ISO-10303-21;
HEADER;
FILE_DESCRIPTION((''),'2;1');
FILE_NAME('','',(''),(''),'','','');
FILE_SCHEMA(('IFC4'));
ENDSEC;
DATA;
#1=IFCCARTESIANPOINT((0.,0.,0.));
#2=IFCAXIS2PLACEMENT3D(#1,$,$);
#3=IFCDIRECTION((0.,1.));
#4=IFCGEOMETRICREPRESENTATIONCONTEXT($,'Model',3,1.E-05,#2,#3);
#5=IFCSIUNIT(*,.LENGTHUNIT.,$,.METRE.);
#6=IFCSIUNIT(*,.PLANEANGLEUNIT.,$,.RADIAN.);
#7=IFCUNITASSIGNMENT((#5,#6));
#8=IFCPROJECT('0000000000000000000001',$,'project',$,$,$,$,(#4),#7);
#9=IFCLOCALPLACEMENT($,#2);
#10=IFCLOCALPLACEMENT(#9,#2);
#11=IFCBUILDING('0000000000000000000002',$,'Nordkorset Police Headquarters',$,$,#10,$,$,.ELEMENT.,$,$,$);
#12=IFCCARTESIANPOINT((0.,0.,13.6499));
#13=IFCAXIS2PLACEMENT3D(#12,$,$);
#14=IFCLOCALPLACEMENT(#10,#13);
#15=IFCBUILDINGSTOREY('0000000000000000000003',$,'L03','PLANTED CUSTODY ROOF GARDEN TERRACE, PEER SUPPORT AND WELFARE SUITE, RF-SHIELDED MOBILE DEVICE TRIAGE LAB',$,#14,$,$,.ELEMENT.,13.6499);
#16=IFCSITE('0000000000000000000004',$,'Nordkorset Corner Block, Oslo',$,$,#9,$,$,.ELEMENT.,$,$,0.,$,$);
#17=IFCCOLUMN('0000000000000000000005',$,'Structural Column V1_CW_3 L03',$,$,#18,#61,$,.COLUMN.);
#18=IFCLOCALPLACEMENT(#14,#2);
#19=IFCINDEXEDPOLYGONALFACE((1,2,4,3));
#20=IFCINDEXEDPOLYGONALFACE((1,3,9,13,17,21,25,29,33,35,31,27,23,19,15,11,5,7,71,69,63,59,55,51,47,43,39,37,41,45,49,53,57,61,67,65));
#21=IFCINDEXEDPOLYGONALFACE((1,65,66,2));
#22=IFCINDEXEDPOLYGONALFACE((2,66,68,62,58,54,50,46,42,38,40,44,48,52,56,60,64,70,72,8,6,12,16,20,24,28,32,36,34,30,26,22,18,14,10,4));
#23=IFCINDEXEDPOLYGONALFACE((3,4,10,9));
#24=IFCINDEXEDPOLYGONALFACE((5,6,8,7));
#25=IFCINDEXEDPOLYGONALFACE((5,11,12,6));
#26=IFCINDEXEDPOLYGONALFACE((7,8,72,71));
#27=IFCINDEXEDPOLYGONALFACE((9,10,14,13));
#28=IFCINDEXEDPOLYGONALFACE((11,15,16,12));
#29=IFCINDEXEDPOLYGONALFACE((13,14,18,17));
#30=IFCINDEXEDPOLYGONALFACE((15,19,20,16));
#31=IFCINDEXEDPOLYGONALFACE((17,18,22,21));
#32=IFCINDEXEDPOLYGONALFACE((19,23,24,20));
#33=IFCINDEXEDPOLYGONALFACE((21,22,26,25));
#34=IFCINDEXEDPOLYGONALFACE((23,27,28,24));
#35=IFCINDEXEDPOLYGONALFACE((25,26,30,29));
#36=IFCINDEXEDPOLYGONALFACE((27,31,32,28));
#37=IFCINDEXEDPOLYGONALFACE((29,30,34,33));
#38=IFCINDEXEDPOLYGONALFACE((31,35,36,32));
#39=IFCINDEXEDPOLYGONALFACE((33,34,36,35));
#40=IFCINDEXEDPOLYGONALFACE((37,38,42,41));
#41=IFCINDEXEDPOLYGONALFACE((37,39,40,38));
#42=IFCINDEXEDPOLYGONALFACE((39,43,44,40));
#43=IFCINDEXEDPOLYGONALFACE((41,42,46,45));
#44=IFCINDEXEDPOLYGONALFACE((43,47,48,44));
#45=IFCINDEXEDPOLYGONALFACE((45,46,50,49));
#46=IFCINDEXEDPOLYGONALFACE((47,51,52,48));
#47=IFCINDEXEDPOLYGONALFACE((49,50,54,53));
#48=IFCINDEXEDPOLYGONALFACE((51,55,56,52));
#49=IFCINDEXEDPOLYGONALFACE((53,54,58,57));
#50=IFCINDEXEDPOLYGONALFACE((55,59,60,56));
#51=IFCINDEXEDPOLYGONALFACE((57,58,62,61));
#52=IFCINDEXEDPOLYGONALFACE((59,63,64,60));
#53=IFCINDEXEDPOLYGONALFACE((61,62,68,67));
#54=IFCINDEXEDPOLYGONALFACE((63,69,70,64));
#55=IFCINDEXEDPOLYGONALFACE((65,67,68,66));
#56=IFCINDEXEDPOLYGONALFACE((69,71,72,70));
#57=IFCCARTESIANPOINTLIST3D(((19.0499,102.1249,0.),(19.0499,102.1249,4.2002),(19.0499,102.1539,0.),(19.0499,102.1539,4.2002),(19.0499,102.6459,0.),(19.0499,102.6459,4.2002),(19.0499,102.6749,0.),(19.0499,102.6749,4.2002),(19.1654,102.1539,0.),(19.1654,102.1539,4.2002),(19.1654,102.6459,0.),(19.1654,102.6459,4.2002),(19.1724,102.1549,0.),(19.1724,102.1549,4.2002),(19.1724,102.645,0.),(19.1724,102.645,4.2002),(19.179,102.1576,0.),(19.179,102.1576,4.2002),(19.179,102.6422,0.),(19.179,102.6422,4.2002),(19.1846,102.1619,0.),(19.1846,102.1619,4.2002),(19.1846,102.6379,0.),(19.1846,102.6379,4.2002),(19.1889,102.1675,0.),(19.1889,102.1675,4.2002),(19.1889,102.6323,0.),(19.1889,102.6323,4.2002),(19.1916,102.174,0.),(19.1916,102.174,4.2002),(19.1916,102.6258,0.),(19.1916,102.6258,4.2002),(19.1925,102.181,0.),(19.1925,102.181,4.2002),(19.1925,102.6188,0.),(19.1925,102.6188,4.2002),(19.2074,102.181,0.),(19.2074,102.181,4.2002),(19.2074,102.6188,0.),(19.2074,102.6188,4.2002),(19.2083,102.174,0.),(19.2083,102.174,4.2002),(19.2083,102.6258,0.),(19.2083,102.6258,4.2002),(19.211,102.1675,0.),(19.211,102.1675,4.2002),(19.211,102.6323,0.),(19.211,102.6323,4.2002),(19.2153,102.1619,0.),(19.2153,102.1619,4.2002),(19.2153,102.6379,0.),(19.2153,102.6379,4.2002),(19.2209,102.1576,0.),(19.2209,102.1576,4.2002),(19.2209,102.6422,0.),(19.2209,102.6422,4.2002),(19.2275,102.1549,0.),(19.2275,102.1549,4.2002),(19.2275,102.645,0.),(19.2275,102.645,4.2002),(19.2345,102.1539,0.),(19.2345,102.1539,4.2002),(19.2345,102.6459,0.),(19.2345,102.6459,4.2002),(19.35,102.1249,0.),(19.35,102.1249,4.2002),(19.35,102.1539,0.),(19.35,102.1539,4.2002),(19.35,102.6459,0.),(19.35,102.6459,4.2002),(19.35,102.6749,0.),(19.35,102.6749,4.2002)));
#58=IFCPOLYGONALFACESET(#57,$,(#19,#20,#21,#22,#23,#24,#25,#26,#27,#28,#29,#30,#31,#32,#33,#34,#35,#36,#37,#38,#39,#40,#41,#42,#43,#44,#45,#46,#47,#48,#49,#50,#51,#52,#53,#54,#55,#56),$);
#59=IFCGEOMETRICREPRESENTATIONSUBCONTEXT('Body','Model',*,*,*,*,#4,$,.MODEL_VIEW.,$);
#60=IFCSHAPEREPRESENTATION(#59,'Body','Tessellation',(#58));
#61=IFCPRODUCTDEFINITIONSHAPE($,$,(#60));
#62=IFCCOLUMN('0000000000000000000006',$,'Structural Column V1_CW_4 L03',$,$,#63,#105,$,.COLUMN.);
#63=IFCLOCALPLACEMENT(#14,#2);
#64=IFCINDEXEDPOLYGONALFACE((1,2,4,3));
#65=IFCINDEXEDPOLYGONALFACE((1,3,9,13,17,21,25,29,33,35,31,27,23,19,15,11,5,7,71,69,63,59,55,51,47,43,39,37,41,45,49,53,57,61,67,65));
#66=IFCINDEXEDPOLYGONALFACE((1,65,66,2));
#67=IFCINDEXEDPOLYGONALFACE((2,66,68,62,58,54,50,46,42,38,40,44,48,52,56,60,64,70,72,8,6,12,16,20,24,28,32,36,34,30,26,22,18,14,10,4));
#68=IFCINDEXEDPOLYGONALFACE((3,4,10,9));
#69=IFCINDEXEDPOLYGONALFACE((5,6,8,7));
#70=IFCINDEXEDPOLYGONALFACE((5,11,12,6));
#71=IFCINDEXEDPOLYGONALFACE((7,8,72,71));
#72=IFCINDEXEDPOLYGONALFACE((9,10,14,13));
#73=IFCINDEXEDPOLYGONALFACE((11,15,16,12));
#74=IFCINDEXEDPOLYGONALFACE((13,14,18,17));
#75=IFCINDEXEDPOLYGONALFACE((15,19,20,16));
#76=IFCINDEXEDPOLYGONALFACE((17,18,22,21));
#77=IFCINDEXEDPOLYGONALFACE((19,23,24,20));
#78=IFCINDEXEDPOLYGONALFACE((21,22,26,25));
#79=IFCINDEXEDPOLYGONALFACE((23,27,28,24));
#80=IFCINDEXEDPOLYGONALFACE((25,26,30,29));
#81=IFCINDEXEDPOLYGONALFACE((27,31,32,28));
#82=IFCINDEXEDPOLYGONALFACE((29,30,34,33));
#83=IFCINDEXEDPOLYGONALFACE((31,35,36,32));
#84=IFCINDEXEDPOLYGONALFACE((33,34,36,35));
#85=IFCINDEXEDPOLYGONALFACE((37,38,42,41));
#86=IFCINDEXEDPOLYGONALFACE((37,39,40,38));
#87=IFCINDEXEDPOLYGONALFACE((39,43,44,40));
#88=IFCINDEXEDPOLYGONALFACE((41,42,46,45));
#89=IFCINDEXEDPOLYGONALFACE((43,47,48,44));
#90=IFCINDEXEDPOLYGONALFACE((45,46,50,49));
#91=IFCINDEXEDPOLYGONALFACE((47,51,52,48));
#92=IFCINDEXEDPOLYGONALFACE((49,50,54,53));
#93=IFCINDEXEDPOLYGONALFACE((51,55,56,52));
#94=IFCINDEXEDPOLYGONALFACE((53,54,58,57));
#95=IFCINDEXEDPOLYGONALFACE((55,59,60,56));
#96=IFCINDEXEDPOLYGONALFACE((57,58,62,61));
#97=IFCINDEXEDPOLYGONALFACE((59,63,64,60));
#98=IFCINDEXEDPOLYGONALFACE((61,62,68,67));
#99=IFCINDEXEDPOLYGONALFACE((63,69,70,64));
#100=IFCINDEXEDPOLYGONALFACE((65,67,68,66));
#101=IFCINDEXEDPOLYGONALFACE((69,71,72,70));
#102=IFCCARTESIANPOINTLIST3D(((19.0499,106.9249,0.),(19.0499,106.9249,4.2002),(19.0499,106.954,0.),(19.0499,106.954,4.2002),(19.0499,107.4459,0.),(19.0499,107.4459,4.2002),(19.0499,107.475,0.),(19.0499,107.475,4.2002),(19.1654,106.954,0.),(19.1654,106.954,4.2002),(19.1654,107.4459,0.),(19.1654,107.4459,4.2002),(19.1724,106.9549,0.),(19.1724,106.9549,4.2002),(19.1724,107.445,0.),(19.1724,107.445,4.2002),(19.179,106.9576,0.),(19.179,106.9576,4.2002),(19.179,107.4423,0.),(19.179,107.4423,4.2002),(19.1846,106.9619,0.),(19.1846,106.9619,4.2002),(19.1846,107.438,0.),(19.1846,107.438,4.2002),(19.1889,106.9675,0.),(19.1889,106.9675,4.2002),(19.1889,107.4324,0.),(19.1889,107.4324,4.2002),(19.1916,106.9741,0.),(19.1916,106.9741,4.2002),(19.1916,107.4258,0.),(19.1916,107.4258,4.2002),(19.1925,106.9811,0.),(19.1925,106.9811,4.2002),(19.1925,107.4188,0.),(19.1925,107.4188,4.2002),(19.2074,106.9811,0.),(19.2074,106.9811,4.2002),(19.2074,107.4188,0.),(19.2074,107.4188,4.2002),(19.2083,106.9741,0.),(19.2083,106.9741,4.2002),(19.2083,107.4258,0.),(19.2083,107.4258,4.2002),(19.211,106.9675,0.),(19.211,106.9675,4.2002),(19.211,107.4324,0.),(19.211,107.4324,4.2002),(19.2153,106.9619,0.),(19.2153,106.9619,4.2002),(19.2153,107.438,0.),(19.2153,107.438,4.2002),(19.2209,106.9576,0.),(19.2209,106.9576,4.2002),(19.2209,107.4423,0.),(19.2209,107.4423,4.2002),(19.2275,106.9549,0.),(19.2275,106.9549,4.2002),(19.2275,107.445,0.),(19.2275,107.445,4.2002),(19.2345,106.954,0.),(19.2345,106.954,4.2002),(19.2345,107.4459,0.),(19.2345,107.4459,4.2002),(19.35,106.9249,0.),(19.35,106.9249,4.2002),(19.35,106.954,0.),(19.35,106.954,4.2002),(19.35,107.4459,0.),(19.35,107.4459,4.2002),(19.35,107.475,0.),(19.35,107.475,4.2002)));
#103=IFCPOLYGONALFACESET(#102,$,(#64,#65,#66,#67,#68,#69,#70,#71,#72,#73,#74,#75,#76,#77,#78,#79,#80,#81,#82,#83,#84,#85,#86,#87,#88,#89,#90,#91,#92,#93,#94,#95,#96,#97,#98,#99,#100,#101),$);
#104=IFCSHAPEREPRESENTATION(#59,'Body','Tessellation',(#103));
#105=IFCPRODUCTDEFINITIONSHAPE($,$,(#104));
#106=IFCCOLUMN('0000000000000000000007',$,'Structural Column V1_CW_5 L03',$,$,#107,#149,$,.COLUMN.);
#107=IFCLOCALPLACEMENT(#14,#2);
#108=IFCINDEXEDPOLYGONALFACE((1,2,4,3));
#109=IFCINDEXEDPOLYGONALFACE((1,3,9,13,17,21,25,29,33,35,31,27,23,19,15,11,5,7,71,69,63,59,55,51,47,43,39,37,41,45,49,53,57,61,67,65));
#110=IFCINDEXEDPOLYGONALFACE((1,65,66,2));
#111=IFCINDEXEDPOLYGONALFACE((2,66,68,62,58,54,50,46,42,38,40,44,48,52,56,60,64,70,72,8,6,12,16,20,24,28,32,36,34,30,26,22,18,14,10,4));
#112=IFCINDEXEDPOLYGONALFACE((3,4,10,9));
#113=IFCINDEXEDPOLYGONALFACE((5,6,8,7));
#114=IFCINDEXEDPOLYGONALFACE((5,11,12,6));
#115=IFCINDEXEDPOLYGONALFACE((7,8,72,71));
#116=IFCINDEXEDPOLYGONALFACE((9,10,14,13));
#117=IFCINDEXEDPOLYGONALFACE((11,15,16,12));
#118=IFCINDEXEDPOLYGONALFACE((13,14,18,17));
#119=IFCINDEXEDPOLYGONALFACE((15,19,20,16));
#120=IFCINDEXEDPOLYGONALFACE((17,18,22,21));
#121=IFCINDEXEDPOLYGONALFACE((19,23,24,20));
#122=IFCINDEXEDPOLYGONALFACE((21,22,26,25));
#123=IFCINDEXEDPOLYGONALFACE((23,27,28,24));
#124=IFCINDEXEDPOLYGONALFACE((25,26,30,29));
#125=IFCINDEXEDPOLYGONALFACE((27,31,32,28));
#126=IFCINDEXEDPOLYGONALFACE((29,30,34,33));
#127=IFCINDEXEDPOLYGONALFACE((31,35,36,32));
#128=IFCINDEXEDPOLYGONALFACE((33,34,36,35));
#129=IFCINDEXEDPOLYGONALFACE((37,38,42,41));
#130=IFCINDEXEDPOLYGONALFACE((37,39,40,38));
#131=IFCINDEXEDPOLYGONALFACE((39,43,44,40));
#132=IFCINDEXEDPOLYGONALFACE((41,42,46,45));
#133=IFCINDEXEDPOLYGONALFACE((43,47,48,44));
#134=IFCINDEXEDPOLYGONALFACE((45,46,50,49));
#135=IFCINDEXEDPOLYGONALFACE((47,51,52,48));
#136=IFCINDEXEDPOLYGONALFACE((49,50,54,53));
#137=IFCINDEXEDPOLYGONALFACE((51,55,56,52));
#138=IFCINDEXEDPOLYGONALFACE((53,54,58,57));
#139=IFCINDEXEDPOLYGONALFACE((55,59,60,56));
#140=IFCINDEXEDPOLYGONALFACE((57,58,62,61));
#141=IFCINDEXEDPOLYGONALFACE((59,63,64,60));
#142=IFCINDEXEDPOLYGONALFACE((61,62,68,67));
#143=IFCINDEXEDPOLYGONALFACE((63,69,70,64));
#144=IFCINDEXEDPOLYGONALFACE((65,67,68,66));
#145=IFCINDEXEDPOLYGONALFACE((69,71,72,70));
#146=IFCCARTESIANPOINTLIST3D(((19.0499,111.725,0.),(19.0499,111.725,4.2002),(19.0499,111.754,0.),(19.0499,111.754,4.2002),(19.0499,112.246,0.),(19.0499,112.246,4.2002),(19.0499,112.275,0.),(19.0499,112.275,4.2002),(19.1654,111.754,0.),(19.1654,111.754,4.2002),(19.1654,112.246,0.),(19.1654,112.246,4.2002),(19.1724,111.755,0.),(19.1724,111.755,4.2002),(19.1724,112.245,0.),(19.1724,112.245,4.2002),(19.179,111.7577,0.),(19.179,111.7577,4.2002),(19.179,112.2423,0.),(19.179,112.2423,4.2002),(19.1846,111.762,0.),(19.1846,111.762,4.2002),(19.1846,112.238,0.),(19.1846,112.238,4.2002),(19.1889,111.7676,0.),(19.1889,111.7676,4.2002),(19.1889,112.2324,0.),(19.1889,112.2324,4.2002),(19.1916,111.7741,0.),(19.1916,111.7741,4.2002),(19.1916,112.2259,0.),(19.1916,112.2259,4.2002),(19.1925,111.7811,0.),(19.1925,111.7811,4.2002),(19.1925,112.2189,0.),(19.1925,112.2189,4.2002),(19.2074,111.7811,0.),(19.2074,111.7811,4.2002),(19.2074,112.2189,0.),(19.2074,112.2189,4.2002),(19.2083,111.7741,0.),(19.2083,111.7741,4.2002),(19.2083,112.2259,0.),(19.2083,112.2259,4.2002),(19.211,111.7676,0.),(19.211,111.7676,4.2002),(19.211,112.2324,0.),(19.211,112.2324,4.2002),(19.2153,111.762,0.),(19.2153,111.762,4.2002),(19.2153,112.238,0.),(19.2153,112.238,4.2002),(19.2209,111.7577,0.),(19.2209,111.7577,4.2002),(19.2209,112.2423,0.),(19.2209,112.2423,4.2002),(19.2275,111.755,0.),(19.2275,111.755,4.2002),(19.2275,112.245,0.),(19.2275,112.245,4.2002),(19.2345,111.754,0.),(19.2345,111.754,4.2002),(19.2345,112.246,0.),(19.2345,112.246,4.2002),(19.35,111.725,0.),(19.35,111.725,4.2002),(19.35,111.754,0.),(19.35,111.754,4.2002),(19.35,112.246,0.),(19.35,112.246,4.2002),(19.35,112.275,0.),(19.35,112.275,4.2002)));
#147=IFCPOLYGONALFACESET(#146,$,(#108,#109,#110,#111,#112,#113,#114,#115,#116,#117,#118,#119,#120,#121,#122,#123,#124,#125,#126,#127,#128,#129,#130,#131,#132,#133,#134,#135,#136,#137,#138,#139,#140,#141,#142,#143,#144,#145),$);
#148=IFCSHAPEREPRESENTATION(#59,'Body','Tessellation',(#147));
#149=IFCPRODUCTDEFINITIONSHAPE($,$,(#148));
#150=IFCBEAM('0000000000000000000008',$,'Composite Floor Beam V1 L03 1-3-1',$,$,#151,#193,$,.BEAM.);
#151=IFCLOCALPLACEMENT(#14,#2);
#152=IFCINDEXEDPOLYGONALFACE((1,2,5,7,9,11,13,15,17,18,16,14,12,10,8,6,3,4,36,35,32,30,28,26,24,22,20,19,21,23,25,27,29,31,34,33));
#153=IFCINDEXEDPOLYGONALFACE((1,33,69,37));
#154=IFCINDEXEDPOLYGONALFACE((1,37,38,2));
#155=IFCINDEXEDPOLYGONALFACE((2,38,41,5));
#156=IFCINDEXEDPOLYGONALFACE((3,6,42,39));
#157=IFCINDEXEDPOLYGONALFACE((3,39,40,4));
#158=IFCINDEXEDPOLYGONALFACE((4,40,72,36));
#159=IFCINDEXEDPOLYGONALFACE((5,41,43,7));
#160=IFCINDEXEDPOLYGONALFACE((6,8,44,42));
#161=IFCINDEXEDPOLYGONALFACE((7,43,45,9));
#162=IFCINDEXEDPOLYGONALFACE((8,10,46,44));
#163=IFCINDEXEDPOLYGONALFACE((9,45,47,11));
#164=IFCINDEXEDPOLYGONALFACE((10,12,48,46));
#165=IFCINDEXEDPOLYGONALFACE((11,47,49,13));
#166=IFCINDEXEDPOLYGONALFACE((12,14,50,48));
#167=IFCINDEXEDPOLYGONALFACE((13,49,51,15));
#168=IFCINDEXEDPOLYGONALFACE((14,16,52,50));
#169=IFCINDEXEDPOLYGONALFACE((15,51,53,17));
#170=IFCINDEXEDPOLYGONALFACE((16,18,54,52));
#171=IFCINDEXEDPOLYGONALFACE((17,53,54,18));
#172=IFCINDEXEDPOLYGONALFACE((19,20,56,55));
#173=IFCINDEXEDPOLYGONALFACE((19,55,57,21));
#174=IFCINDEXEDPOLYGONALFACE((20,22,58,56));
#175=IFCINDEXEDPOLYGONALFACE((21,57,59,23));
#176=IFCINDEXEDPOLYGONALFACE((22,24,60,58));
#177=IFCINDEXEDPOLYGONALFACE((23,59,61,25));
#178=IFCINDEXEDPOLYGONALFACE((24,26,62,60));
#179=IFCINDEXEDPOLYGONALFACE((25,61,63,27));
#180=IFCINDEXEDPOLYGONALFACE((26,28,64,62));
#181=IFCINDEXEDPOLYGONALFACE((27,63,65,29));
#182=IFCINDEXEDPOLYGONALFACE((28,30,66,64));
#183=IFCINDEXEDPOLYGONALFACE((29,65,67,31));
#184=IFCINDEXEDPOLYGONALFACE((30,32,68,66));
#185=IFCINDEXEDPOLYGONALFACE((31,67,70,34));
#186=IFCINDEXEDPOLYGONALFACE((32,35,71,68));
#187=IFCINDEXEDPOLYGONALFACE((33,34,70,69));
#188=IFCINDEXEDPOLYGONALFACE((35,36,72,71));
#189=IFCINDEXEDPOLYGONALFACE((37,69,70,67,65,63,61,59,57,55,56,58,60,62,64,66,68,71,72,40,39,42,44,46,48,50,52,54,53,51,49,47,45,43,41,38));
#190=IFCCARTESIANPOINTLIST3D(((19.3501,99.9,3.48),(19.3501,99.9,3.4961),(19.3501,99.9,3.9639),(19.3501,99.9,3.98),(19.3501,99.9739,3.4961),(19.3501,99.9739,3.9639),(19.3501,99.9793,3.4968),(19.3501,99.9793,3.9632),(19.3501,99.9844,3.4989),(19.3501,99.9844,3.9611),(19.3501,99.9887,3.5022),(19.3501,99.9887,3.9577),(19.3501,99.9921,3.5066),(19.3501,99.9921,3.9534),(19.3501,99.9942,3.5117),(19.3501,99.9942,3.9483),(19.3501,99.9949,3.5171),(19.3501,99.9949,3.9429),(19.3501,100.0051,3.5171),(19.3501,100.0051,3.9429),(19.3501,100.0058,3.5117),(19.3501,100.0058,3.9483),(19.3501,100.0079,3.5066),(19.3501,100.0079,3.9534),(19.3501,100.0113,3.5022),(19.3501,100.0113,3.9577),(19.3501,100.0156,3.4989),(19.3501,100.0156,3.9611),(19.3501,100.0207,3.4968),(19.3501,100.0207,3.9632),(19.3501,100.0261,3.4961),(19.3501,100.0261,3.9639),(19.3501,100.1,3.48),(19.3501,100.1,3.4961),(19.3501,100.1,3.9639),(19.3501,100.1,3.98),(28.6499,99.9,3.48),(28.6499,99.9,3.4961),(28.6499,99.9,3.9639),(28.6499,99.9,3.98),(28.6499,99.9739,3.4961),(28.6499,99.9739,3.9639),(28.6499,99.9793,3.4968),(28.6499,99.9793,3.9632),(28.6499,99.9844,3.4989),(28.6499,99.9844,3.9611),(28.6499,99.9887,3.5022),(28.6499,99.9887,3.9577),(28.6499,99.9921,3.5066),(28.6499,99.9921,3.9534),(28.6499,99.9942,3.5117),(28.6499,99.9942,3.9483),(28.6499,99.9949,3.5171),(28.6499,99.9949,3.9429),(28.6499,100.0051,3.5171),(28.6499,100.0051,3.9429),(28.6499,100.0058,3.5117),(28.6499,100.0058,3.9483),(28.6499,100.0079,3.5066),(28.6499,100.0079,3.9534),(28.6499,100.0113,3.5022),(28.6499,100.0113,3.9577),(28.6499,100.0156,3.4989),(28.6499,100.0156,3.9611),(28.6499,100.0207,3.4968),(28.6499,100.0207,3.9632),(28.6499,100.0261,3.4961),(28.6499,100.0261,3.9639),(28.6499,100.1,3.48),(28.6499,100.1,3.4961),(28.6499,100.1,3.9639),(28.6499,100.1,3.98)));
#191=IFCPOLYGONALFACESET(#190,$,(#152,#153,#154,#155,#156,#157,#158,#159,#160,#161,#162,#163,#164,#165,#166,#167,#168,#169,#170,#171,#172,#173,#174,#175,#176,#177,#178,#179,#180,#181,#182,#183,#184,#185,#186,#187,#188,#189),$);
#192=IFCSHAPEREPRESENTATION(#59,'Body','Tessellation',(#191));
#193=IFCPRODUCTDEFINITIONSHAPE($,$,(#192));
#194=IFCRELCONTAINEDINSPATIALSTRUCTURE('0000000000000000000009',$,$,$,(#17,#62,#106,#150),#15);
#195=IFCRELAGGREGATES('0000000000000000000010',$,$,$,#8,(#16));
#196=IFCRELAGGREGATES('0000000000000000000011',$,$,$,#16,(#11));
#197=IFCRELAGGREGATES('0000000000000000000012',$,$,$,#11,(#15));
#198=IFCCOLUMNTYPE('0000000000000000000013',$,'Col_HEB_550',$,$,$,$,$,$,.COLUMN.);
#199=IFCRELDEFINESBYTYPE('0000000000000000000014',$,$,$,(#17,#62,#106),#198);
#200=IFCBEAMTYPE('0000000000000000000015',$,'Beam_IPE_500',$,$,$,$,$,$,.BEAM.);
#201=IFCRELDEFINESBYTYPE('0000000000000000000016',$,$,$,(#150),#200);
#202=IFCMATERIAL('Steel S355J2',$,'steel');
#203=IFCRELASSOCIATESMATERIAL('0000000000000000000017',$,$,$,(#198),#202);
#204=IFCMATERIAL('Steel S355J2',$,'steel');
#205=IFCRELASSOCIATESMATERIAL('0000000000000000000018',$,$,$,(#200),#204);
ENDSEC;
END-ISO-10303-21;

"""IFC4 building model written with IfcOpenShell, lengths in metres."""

from ifc_helpers import new_model, si_unit, direction, frame, origin, origin_2d, place, context, subcontext, project, spatial, i_section, extrude, material, material_profile, profile_set, type_object, element, save


model = new_model("IFC4")

# Units and contexts
model_context = context("Model", 3, precision=1e-05, world=origin(), true_north=direction((0.0, 1.0)))
body_context = subcontext(model_context, "Body", "Model", "MODEL_VIEW")
ifc_project = project(units=[si_unit("LENGTHUNIT", "METRE"), si_unit("PLANEANGLEUNIT", "RADIAN")], contexts=[model_context])

# Site, building, storey
site_placement = place(None, origin())
site = spatial("IfcSite", under=ifc_project, at=site_placement, Name="Nordkorset Corner Block, Oslo", CompositionType="ELEMENT", RefElevation=0.0)
building_placement = place(site_placement, origin())
building = spatial("IfcBuilding", under=site, at=building_placement, Name="Nordkorset Police Headquarters", CompositionType="ELEMENT")
storey_placement = place(building_placement, frame((0.0, 0.0, 13.6499)))
storey = spatial("IfcBuildingStorey", under=building, at=storey_placement, Name="L03", Description="PLANTED CUSTODY ROOF GARDEN TERRACE, PEER SUPPORT AND WELFARE SUITE, RF-SHIELDED MOBILE DEVICE TRIAGE LAB", CompositionType="ELEMENT", Elevation=13.6499)

# Columns
ifc_material_1 = material(Name="Steel S355J2", Category="steel")
ifc_material_profile_1 = material_profile(ifc_material_1, i_section(OverallWidth=0.3, OverallDepth=0.55, WebThickness=0.0149, FlangeThickness=0.0291, FilletRadius=0.0271, at=origin_2d()), Name="HEB 550")
ifc_profile_set_1 = profile_set([ifc_material_profile_1], Name="Steel S355J2")
column_type = type_object("IfcColumnType", Name="Col_HEB_550", PredefinedType="COLUMN", material=ifc_profile_set_1)
for number, where, z_axis, x_axis, name in (
    (1, (19.2, 102.3999, 0.0), (0.0, 0.0, 1.0), (1.0, 0.0, 0.0), "Structural Column V1_CW_3 L03"),
    (2, (19.2, 107.2, 0.0), (0.0, 0.0, 1.0), (1.0, 0.0, 0.0), "Structural Column V1_CW_4 L03"),
    (3, (19.2, 112.0, 0.0), (0.0, 0.0, 1.0), (1.0, 0.0, 0.0), "Structural Column V1_CW_5 L03"),
):
    element("IfcColumn", number, at=place(storey_placement, frame(where, z_axis=z_axis, x_axis=x_axis)), inside=storey, type_object=column_type, Name=name, PredefinedType="COLUMN", context=body_context, shape_type="SweptSolid", body=[
        extrude(i_section(OverallWidth=0.3, OverallDepth=0.55, WebThickness=0.0149, FlangeThickness=0.0291, FilletRadius=0.0271, at=origin_2d()), origin(), (0.0, 0.0, 1.0), 4.2002),
    ])

# Beam
ifc_material_2 = material(Name="Steel S355J2", Category="steel")
ifc_material_profile_2 = material_profile(ifc_material_2, i_section(OverallWidth=0.2, OverallDepth=0.5, WebThickness=0.0103, FlangeThickness=0.0161, FilletRadius=0.021, at=origin_2d()), Name="IPE 500")
ifc_profile_set_2 = profile_set([ifc_material_profile_2], Name="Steel S355J2")
beam_type_1 = type_object("IfcBeamType", Name="Beam_IPE_500", PredefinedType="BEAM", material=ifc_profile_set_2)
for number, where, z_axis, x_axis, name in (
    (4, (19.3501, 100.0, 3.73), (1.0, 0.0, 0.0), (0.0, 1.0, 0.0), "Composite Floor Beam V1 L03 1-3-1"),
):
    element("IfcBeam", number, at=place(storey_placement, frame(where, z_axis=z_axis, x_axis=x_axis)), inside=storey, type_object=beam_type_1, Name=name, PredefinedType="BEAM", context=body_context, shape_type="SweptSolid", body=[
        extrude(i_section(OverallWidth=0.2, OverallDepth=0.5, WebThickness=0.0103, FlangeThickness=0.0161, FilletRadius=0.021, at=origin_2d()), origin(), (0.0, 0.0, 1.0), 9.2998),
    ])

save(model, "model.ifc")
